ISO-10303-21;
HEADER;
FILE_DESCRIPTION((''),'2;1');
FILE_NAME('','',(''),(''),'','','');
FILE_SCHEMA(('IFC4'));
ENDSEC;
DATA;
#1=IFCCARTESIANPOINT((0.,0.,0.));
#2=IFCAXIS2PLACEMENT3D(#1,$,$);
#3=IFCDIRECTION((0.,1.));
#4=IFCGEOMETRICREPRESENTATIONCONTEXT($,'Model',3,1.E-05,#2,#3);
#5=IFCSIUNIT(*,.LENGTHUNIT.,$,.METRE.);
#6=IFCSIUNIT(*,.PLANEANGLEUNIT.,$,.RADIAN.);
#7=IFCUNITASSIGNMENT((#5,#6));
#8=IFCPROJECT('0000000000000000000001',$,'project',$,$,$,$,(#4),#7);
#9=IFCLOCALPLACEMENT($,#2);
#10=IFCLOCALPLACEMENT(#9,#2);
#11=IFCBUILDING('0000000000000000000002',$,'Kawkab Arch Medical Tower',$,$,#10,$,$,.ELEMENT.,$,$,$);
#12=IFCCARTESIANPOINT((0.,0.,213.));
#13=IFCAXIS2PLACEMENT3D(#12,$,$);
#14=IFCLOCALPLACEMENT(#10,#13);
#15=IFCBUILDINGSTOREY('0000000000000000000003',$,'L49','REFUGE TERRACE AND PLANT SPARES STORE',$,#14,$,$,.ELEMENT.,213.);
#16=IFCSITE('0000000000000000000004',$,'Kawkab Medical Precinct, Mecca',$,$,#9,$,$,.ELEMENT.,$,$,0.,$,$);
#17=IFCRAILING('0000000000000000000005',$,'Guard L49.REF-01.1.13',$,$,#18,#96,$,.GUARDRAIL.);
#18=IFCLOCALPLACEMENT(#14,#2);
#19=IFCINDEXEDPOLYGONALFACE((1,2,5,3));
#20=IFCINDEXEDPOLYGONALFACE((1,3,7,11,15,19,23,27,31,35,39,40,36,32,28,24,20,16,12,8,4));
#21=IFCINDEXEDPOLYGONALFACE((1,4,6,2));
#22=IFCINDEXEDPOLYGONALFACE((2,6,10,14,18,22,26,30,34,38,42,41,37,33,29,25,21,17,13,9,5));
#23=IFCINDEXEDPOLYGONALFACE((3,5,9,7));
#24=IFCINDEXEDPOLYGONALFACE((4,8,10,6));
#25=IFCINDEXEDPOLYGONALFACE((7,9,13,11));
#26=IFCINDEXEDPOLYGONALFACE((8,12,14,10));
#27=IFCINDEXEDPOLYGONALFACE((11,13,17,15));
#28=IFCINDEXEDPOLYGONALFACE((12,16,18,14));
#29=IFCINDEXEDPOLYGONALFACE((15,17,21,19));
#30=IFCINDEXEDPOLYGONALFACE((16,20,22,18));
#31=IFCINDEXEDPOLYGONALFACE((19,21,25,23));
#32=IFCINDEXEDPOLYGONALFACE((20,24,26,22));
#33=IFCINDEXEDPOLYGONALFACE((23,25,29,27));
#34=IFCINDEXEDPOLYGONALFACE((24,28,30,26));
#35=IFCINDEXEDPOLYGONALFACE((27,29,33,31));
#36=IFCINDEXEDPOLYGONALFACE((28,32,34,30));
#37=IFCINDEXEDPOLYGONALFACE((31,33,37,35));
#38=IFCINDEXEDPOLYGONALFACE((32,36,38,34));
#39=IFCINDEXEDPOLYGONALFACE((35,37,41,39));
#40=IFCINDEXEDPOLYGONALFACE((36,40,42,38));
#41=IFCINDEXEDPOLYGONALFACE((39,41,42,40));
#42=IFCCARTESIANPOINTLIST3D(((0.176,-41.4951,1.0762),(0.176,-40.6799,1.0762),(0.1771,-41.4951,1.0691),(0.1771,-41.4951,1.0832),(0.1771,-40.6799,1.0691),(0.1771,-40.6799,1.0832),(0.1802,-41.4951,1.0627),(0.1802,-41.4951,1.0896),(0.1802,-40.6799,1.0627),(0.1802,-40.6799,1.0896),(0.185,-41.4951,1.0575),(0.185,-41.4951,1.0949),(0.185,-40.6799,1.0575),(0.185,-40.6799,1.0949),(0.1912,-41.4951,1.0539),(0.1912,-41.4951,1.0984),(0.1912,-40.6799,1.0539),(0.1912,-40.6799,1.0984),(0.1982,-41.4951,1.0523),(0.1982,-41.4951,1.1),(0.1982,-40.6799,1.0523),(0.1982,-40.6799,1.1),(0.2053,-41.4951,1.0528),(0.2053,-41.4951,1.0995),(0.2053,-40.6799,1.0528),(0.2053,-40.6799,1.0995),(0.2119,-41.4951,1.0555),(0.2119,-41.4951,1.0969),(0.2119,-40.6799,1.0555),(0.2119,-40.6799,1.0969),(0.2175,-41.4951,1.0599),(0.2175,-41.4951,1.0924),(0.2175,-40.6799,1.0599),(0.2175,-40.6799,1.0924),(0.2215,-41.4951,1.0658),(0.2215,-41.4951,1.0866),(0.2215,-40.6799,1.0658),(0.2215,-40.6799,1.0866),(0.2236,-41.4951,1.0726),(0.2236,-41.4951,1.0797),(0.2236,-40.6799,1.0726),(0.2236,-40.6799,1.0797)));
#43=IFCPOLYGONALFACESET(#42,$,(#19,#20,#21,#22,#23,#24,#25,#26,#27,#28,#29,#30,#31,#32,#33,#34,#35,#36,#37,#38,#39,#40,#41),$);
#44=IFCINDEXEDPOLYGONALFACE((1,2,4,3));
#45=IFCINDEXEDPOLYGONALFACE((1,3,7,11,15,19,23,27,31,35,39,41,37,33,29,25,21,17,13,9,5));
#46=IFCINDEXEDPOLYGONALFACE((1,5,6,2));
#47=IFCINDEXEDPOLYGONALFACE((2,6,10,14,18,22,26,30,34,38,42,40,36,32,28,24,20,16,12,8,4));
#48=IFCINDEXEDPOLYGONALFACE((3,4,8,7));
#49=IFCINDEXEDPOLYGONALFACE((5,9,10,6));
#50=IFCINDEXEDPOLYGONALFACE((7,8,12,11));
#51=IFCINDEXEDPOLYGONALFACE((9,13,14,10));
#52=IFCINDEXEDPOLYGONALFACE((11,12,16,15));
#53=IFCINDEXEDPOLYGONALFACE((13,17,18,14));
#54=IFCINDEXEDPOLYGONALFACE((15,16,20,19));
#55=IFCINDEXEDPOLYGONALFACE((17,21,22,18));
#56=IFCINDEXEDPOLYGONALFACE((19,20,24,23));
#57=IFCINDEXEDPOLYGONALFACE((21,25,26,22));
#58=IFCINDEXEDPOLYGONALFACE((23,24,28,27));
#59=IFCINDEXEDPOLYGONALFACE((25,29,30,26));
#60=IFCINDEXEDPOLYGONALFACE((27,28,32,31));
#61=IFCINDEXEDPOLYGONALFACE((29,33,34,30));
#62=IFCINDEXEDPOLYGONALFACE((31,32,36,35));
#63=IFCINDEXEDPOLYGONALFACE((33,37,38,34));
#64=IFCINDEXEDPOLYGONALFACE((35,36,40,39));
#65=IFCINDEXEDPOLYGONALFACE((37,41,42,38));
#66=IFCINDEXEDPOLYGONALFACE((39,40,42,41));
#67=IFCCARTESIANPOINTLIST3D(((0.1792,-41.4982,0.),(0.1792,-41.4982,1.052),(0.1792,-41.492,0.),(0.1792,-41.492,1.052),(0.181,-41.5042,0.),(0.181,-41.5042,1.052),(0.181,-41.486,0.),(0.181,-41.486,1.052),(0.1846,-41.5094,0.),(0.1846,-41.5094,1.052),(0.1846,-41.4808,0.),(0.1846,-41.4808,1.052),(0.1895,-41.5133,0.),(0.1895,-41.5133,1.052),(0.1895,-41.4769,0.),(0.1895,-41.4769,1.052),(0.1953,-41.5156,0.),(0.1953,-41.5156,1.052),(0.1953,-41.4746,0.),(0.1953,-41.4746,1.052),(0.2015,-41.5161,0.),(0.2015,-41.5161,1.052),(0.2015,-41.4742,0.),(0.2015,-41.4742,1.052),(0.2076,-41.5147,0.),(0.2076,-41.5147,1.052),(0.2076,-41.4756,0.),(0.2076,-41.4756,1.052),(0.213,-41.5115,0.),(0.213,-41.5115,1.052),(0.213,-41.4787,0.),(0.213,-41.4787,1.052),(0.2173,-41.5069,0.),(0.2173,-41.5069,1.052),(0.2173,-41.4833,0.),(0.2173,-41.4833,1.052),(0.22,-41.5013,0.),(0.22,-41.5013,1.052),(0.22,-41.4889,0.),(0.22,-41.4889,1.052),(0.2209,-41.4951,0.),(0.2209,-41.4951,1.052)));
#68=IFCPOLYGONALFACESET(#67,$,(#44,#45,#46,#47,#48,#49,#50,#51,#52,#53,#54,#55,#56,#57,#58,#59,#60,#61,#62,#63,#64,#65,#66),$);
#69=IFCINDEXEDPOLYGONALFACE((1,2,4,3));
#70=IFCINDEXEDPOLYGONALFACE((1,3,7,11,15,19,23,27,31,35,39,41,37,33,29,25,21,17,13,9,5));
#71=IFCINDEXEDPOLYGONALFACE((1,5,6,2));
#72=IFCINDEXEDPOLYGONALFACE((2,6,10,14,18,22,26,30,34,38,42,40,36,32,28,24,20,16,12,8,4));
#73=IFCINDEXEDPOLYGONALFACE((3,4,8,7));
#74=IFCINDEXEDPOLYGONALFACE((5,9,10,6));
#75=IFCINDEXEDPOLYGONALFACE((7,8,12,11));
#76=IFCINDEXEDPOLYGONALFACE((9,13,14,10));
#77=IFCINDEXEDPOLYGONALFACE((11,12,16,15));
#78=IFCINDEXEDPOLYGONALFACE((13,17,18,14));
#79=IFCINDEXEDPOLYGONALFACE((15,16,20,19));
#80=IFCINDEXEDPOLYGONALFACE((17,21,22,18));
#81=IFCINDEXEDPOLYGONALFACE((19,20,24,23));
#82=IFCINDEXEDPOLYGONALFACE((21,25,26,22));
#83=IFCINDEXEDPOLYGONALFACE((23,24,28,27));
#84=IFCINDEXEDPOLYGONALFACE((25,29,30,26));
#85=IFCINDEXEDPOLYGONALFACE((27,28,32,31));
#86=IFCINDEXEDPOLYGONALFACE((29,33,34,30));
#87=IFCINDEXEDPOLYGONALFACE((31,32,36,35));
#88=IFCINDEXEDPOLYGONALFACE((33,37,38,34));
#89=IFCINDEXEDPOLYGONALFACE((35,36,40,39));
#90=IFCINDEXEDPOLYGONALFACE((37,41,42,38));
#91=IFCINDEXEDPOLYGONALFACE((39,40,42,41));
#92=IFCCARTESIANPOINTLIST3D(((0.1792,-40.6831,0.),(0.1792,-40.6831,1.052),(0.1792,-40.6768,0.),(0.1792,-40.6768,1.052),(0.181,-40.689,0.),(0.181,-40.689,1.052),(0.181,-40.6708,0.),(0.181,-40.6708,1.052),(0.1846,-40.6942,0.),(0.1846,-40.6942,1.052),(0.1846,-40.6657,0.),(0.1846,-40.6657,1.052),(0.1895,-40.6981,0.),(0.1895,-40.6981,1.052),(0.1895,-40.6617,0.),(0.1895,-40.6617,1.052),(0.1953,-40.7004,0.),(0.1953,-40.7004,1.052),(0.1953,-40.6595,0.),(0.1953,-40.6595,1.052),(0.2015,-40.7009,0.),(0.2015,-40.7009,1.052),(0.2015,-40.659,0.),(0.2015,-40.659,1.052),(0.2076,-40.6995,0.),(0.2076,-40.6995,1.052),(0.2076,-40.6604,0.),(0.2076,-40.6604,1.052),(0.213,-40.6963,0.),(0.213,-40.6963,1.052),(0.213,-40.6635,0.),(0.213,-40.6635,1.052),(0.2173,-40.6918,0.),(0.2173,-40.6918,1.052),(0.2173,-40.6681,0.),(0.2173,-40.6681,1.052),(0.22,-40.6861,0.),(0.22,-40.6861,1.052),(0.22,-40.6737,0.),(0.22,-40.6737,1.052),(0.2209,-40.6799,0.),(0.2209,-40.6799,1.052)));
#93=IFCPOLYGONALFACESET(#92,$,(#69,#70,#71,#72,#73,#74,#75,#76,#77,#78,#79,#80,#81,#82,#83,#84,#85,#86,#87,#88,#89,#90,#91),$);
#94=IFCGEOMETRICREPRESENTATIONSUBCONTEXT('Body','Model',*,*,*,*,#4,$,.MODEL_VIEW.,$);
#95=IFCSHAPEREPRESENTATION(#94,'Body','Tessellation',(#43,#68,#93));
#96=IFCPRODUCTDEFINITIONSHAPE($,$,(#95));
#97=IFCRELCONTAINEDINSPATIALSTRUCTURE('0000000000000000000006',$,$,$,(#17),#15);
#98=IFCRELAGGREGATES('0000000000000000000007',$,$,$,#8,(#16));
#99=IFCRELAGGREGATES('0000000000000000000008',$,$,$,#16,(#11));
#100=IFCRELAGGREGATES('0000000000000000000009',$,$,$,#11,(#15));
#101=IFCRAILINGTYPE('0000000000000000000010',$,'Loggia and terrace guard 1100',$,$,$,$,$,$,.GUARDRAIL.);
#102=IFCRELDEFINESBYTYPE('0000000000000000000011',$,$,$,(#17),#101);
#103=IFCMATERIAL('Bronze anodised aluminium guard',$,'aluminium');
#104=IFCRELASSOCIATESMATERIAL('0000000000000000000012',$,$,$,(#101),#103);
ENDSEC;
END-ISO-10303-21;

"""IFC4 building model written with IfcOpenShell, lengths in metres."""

from ifc_helpers import new_model, si_unit, direction, frame, origin, origin_2d, place, context, subcontext, project, spatial, circle, extrude, material, type_object, element, save


model = new_model("IFC4")

# Units and contexts
model_context = context("Model", 3, precision=1e-05, world=origin(), true_north=direction((0.0, 1.0)))
body_context = subcontext(model_context, "Body", "Model", "MODEL_VIEW")
ifc_project = project(units=[si_unit("LENGTHUNIT", "METRE"), si_unit("PLANEANGLEUNIT", "RADIAN")], contexts=[model_context])

# Site, building, storey
site_placement = place(None, origin())
site = spatial("IfcSite", under=ifc_project, at=site_placement, Name="Kawkab Medical Precinct, Mecca", CompositionType="ELEMENT", RefElevation=0.0)
building_placement = place(site_placement, origin())
building = spatial("IfcBuilding", under=site, at=building_placement, Name="Kawkab Arch Medical Tower", CompositionType="ELEMENT")
storey_placement = place(building_placement, frame((0.0, 0.0, 213.0)))
storey = spatial("IfcBuildingStorey", under=building, at=storey_placement, Name="L49", Description="REFUGE TERRACE AND PLANT SPARES STORE", CompositionType="ELEMENT", Elevation=213.0)

# Railing
ifc_material_1 = material(Name="Bronze anodised aluminium guard", Category="aluminium")
railing_type = type_object("IfcRailingType", Name="Loggia and terrace guard 1100", PredefinedType="GUARDRAIL", material=ifc_material_1)
railing_1_placement = place(storey_placement, frame((0.2, -41.4951, 0.0)))
element("IfcRailing", 1, at=railing_1_placement, inside=storey, type_object=railing_type, Name="Guard L49.REF-01.1.13", PredefinedType="GUARDRAIL", context=body_context, shape_type="SweptSolid", body=[
    extrude(circle(Radius=0.0239, at=origin_2d()), frame((0.0, 0.0, 1.0762), z_axis=(0.0, 1.0, 0.0), x_axis=(-1.0, 0.0, 0.0)), (0.0, 0.0, 1.0), 0.8152),
    extrude(circle(Radius=0.021, at=origin_2d()), origin(), (0.0, 0.0, 1.0), 1.052),
    extrude(circle(Radius=0.021, at=origin_2d()), frame((0.0, 0.8152, 0.0)), (0.0, 0.0, 1.0), 1.052),
])

save(model, "model.ifc")
